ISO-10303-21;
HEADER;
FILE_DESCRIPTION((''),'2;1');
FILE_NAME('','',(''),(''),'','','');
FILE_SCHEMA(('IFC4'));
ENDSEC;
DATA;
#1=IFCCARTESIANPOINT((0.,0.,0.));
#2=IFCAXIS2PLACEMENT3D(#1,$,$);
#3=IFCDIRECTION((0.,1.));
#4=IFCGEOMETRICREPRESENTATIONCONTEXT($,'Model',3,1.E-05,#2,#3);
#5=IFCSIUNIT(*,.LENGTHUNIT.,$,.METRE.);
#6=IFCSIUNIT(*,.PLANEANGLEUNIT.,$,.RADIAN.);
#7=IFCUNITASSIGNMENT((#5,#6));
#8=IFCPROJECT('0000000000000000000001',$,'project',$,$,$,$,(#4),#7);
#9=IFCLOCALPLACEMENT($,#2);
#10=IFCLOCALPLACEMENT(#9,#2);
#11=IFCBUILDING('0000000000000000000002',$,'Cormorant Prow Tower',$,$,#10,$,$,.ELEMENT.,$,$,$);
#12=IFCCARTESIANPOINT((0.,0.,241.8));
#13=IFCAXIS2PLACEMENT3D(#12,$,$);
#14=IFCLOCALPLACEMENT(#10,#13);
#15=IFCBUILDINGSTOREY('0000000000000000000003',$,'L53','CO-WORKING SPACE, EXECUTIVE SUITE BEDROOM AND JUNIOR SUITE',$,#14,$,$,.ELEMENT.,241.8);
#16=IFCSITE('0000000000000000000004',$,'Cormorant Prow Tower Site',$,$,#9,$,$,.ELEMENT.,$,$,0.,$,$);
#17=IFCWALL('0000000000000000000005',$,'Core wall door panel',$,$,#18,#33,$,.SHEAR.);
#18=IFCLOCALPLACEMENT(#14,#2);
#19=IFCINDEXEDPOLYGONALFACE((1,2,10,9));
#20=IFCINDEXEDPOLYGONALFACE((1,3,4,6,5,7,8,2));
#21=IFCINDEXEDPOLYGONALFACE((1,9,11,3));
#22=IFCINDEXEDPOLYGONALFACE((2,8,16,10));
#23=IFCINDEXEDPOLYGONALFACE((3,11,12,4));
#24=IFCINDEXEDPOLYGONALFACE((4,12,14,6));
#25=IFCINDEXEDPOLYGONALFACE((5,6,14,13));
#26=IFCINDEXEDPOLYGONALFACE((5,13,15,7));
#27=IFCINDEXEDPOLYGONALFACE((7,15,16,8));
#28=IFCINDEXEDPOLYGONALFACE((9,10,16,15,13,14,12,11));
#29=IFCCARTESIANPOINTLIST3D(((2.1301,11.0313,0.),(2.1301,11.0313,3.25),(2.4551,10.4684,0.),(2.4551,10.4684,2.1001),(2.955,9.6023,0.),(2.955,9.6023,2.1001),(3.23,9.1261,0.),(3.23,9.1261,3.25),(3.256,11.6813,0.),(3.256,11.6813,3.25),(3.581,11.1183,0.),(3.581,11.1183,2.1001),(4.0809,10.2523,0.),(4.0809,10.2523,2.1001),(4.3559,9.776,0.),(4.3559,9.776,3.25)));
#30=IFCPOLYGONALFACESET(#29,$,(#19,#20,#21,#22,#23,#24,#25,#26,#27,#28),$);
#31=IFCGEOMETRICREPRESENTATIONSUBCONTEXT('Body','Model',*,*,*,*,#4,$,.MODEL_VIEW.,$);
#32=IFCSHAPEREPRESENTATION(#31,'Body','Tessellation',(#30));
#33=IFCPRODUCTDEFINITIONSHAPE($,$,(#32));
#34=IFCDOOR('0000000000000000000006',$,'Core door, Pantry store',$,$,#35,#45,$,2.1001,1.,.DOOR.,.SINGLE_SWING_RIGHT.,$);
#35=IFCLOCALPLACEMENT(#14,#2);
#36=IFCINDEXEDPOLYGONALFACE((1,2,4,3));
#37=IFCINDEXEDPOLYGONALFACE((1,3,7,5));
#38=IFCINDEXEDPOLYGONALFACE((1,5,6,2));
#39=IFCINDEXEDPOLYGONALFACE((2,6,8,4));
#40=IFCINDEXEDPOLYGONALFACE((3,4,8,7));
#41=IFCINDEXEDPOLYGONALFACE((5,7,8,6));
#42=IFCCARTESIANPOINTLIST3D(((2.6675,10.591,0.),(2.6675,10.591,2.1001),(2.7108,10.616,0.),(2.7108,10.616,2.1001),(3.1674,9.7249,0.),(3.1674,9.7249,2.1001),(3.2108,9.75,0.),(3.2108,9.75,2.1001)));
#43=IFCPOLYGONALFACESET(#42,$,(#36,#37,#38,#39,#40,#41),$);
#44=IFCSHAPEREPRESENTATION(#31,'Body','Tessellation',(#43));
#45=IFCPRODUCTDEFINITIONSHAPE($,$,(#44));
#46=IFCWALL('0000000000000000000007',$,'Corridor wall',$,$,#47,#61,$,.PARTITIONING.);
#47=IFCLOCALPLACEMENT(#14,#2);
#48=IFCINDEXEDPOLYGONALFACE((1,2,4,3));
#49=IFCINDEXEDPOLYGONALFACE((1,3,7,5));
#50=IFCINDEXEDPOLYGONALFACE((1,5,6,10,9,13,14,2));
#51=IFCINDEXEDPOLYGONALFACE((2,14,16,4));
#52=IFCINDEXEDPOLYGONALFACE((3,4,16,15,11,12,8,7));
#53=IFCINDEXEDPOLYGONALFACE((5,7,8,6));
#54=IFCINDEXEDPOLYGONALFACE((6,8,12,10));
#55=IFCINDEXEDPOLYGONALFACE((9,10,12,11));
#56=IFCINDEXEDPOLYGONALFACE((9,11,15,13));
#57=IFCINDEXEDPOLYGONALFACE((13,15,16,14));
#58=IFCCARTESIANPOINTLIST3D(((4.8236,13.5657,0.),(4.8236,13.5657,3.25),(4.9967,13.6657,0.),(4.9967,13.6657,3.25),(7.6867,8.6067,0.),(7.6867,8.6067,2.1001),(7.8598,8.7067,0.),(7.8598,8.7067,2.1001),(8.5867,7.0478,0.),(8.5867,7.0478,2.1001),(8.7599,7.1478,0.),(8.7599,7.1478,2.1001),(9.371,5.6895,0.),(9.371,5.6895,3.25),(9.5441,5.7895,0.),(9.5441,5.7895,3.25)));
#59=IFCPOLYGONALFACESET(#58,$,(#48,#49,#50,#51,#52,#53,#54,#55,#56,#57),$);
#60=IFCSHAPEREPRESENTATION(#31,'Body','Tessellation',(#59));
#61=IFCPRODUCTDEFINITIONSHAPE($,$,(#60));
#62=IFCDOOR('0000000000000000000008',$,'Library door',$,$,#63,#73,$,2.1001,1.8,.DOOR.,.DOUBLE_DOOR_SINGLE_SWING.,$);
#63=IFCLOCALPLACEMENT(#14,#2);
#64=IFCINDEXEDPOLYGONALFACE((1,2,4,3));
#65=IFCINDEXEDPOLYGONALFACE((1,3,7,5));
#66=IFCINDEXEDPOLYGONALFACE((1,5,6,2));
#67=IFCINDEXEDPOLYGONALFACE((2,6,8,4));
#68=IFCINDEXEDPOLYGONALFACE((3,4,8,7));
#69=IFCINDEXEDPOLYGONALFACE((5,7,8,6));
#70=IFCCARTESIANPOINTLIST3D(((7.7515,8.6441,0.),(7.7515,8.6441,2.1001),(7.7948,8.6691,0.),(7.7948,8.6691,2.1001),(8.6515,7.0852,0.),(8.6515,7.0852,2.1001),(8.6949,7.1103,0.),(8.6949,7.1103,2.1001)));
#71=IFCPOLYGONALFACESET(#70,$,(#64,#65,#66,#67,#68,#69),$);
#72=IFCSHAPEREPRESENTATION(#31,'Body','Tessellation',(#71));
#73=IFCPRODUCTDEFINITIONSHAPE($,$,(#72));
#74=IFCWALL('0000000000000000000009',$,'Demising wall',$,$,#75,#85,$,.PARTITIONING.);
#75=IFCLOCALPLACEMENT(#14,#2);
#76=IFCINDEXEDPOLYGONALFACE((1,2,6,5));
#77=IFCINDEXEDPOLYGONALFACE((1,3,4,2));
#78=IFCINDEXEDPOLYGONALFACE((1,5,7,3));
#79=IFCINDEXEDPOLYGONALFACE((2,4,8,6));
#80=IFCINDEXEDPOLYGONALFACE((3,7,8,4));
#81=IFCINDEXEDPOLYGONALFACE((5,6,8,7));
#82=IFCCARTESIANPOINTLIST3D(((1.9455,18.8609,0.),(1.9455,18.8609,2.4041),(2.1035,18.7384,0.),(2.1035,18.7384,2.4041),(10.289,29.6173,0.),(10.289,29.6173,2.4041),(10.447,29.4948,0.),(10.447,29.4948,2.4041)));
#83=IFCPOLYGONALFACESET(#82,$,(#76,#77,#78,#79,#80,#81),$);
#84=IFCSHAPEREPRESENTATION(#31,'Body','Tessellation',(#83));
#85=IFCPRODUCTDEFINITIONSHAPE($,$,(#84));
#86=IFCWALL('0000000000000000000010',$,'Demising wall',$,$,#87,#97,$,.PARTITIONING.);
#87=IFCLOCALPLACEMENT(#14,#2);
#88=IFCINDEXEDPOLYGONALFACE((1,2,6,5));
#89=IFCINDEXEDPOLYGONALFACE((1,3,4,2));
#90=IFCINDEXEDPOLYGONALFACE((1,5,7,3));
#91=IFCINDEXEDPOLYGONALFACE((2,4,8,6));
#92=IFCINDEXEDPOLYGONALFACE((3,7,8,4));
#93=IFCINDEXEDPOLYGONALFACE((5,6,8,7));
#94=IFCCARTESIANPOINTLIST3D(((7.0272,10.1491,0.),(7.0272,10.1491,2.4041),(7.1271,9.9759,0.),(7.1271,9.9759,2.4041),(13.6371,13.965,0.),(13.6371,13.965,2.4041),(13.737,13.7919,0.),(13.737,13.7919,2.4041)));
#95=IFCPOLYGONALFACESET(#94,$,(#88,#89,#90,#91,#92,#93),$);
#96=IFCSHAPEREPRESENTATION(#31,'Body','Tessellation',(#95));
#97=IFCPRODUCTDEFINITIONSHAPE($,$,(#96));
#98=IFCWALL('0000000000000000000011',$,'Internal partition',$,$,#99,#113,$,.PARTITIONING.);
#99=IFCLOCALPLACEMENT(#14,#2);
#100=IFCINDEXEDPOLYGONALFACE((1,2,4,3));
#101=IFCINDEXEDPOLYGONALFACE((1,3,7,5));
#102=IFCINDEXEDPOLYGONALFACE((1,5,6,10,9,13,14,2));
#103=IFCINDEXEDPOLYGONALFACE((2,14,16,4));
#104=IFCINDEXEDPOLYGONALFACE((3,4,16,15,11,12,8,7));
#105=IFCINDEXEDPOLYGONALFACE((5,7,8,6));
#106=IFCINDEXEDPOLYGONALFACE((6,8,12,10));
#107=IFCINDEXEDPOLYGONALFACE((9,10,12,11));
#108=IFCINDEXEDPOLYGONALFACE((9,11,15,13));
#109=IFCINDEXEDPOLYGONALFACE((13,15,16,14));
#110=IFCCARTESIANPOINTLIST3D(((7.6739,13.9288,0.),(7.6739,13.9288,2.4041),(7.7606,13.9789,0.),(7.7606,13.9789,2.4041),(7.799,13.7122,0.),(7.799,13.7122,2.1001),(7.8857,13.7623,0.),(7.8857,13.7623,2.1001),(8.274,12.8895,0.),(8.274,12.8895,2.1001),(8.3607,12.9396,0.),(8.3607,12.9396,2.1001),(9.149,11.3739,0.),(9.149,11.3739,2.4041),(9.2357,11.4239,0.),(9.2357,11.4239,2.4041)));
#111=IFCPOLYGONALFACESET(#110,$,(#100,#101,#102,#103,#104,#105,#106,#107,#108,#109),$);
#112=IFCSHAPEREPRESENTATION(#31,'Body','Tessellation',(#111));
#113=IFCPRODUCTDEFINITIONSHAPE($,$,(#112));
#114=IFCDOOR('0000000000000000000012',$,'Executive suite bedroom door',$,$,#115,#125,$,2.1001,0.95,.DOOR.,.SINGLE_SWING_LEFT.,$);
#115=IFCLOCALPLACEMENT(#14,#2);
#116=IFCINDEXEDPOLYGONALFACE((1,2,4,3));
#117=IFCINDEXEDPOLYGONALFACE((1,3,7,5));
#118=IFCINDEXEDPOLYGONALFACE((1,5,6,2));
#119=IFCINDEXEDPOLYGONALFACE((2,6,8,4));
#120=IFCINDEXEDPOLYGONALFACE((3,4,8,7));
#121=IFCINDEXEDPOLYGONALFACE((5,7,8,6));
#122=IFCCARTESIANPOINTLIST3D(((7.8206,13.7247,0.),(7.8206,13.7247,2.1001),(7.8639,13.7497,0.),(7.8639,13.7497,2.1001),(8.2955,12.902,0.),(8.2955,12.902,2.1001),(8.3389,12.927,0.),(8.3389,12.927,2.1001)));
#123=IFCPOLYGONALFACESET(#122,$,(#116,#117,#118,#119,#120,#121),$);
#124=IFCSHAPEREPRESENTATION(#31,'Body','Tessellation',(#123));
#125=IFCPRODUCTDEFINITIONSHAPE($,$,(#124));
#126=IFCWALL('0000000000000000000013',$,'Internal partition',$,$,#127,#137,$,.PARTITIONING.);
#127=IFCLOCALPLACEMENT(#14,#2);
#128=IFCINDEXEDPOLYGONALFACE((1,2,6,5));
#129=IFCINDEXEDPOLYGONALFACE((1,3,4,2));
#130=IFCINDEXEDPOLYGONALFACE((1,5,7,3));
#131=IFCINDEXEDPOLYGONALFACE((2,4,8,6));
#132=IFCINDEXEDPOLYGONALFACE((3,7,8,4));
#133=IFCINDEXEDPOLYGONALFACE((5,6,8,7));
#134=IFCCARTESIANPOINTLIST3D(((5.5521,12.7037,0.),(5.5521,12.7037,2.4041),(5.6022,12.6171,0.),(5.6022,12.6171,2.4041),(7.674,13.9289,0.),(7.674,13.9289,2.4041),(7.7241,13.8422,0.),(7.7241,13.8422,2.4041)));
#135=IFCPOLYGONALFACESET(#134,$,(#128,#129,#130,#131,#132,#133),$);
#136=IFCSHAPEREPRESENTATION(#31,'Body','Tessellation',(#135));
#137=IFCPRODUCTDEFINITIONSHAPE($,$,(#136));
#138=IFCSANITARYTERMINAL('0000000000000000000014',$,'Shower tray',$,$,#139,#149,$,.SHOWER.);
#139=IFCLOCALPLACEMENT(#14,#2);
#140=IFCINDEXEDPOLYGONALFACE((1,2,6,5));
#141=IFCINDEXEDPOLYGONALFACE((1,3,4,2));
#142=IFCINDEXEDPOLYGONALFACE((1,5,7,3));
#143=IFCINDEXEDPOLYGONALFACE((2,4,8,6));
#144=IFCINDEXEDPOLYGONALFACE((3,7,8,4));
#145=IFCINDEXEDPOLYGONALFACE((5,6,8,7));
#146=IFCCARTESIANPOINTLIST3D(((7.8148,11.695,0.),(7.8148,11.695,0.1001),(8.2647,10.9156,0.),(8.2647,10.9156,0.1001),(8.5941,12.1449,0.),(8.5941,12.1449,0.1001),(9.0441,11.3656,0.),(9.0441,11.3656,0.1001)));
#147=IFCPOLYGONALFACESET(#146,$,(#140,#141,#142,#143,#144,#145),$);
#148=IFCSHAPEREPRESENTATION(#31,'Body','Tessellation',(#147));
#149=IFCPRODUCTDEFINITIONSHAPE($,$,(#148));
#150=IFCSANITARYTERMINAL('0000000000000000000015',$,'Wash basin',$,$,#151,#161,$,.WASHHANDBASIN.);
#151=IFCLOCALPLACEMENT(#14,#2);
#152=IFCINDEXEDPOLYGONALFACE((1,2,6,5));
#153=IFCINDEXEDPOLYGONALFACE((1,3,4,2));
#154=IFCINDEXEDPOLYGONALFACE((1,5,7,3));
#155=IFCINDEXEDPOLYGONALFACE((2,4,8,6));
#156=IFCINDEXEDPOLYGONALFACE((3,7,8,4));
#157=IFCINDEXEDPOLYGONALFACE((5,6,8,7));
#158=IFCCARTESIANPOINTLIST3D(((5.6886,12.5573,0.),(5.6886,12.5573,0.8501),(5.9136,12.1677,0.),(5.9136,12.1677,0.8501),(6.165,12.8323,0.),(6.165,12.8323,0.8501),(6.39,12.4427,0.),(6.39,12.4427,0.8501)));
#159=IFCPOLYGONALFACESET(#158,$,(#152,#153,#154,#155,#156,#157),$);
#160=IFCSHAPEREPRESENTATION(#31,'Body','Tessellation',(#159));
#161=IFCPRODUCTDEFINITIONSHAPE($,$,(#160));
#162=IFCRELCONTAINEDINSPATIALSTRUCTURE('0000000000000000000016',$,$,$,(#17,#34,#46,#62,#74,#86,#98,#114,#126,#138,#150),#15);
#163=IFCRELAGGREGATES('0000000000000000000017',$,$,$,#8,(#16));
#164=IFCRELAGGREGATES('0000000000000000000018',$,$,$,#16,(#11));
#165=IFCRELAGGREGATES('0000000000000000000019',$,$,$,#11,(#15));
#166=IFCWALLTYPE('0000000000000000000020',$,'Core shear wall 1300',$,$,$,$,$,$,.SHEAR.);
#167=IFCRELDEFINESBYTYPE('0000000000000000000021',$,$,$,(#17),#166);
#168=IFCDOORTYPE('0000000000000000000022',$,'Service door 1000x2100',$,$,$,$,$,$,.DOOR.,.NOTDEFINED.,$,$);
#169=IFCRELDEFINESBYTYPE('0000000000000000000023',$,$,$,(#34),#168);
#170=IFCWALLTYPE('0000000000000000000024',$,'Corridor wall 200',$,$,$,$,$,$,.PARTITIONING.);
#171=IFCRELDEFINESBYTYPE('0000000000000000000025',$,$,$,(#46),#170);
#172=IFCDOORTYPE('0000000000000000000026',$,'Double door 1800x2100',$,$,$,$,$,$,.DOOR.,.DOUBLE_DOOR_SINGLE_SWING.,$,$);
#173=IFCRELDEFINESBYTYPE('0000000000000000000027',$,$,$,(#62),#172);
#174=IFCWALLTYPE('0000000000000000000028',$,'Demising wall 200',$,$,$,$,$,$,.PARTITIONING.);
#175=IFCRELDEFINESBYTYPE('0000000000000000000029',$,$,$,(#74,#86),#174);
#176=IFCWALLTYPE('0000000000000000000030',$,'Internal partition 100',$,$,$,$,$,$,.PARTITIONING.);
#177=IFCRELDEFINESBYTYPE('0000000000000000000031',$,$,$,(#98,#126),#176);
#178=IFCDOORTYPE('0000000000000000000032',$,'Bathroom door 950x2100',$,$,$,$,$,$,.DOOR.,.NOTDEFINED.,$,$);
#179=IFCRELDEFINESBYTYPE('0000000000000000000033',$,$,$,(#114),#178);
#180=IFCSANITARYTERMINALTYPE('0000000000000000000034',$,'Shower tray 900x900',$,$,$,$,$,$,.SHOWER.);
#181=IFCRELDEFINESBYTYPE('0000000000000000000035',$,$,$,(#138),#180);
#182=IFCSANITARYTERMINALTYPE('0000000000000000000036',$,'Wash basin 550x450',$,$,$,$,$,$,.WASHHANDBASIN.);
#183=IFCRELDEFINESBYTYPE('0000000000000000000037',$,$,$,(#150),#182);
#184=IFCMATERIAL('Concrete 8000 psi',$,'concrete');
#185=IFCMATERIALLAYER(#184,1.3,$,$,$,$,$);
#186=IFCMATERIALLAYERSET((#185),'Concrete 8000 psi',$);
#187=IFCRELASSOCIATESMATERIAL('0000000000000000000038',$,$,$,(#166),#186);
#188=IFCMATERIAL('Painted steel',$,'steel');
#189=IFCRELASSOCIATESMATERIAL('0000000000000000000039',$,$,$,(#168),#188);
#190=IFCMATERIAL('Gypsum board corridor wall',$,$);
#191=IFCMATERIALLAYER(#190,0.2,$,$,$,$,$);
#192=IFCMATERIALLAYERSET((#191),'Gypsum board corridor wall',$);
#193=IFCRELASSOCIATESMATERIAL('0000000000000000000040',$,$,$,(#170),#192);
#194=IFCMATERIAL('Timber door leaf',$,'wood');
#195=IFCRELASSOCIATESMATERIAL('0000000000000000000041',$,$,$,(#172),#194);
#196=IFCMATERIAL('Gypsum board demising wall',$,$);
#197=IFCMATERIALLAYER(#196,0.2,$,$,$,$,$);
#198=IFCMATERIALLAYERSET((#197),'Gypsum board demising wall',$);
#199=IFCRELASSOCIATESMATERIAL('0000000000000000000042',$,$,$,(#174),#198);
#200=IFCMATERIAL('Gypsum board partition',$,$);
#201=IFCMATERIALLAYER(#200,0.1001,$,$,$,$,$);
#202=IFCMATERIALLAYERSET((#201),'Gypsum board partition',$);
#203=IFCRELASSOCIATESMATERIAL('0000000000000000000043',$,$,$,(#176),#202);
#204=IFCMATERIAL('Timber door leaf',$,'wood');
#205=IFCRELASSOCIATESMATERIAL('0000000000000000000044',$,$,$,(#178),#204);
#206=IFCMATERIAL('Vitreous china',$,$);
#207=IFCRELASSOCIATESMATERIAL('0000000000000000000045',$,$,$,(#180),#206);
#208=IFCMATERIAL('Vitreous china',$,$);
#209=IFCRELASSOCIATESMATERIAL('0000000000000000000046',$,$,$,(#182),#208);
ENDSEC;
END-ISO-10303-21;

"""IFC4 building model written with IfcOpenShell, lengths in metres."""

from ifc_helpers import new_model, si_unit, direction, frame, frame_2d, origin, origin_2d, place, context, subcontext, project, spatial, rectangle, extrude, material, layer, layer_set, type_object, element, fill, save


model = new_model("IFC4")

# Units and contexts
model_context = context("Model", 3, precision=1e-05, world=origin(), true_north=direction((0.0, 1.0)))
body_context = subcontext(model_context, "Body", "Model", "MODEL_VIEW")
ifc_project = project(units=[si_unit("LENGTHUNIT", "METRE"), si_unit("PLANEANGLEUNIT", "RADIAN")], contexts=[model_context])

# Site, building, storey
site_placement = place(None, origin())
site = spatial("IfcSite", under=ifc_project, at=site_placement, Name="Cormorant Prow Tower Site", CompositionType="ELEMENT", RefElevation=0.0)
building_placement = place(site_placement, origin())
building = spatial("IfcBuilding", under=site, at=building_placement, Name="Cormorant Prow Tower", CompositionType="ELEMENT")
storey_placement = place(building_placement, frame((0.0, 0.0, 241.8)))
storey = spatial("IfcBuildingStorey", under=building, at=storey_placement, Name="L53", Description="CO-WORKING SPACE, EXECUTIVE SUITE BEDROOM AND JUNIOR SUITE", CompositionType="ELEMENT", Elevation=241.8)

# Shared definitions
ifc_material_1 = material(Name="Concrete 8000 psi", Category="concrete")
ifc_layer_1 = layer(ifc_material_1, 1.3)
ifc_layer_set_1 = layer_set([ifc_layer_1], Name="Concrete 8000 psi")
wall_type_1 = type_object("IfcWallType", Name="Core shear wall 1300", PredefinedType="SHEAR", material=ifc_layer_set_1)

# Walls, openings, doors
wall_1_placement = place(storey_placement, frame((3.793, 9.4509, 0.0), z_axis=(0.0, 0.0, 1.0), x_axis=(-0.499947, 0.866056, 0.0)))
wall_1 = element("IfcWall", 1, at=wall_1_placement, inside=storey, type_object=wall_type_1, Name="Core wall door panel", PredefinedType="SHEAR", context=body_context, shape_type="SweptSolid", body=[
    extrude(rectangle(XDim=2.2, YDim=1.3, at=frame_2d((1.1001, 0.0))), origin(), (0.0, 0.0, 1.0), 3.25),
])
opening_1_placement = place(wall_1_placement, frame((0.55, 0.0, 0.0)))
opening_1 = element("IfcOpeningElement", 2, at=opening_1_placement, cuts=wall_1, PredefinedType="OPENING", context=body_context, shape_type="SweptSolid", body=[
    extrude(rectangle(XDim=1.0, YDim=2.1001, at=frame_2d((0.5, 1.05))), frame((0.0, 0.6599, 0.0), z_axis=(0.0, -1.0, 0.0), x_axis=(1.0, 0.0, 0.0)), (0.0, 0.0, 1.0), 1.3201),
])
ifc_material_2 = material(Name="Painted steel", Category="steel")
door_type_1 = type_object("IfcDoorType", Name="Service door 1000x2100", OperationType="NOTDEFINED", PredefinedType="DOOR", material=ifc_material_2)
door_1_placement = place(opening_1_placement, origin())
door_1 = element("IfcDoor", 3, at=door_1_placement, inside=storey, type_object=door_type_1, Name="Core door, Pantry store", OperationType="SINGLE_SWING_RIGHT", OverallHeight=2.1001, OverallWidth=1.0, PredefinedType="DOOR", context=body_context, shape_type="SweptSolid", body=[
    extrude(rectangle(XDim=1.0, YDim=2.1001, at=frame_2d((0.5, 1.05))), frame((0.0, 0.4048, 0.0), z_axis=(0.0, -1.0, 0.0), x_axis=(1.0, 0.0, 0.0)), (0.0, 0.0, 1.0), 0.05),
])
fill(opening_1, door_1)
ifc_material_3 = material(Name="Gypsum board corridor wall")
ifc_layer_2 = layer(ifc_material_3, 0.2)
ifc_layer_set_2 = layer_set([ifc_layer_2], Name="Gypsum board corridor wall")
wall_type_2 = type_object("IfcWallType", Name="Corridor wall 200", PredefinedType="PARTITIONING", material=ifc_layer_set_2)
wall_2_placement = place(storey_placement, frame((4.9102, 13.6157, 0.0), z_axis=(0.0, 0.0, 1.0), x_axis=(0.500002, -0.866024, 0.0)))
wall_2 = element("IfcWall", 4, at=wall_2_placement, inside=storey, type_object=wall_type_2, Name="Corridor wall", PredefinedType="PARTITIONING", context=body_context, shape_type="SweptSolid", body=[
    extrude(rectangle(XDim=9.0947, YDim=0.2, at=frame_2d((4.5474, 0.0))), origin(), (0.0, 0.0, 1.0), 3.25),
])
opening_2_placement = place(wall_2_placement, frame((5.7263, 0.0, 0.0)))
opening_2 = element("IfcOpeningElement", 5, at=opening_2_placement, cuts=wall_2, PredefinedType="OPENING", context=body_context, shape_type="SweptSolid", body=[
    extrude(rectangle(XDim=1.8, YDim=2.1001, at=frame_2d((0.8999, 1.05))), frame((0.0, 0.1099, 0.0), z_axis=(0.0, -1.0, 0.0), x_axis=(1.0, 0.0, 0.0)), (0.0, 0.0, 1.0), 0.22),
])
ifc_material_4 = material(Name="Timber door leaf", Category="wood")
door_type_2 = type_object("IfcDoorType", Name="Double door 1800x2100", OperationType="DOUBLE_DOOR_SINGLE_SWING", PredefinedType="DOOR", material=ifc_material_4)
door_2_placement = place(opening_2_placement, origin())
door_2 = element("IfcDoor", 6, at=door_2_placement, inside=storey, type_object=door_type_2, Name="Library door", OperationType="DOUBLE_DOOR_SINGLE_SWING", OverallHeight=2.1001, OverallWidth=1.8, PredefinedType="DOOR", context=body_context, shape_type="SweptSolid", body=[
    extrude(rectangle(XDim=1.8, YDim=2.1001, at=frame_2d((0.8999, 1.05))), frame((0.0, 0.0249, 0.0), z_axis=(0.0, -1.0, 0.0), x_axis=(1.0, 0.0, 0.0)), (0.0, 0.0, 1.0), 0.05),
])
fill(opening_2, door_2)

# Walls
ifc_material_5 = material(Name="Gypsum board demising wall")
ifc_layer_3 = layer(ifc_material_5, 0.2)
ifc_layer_set_3 = layer_set([ifc_layer_3], Name="Gypsum board demising wall")
wall_type_3 = type_object("IfcWallType", Name="Demising wall 200", PredefinedType="PARTITIONING", material=ifc_layer_set_3)
wall_3_placement = place(storey_placement, frame((2.0244, 18.7996, 0.0), z_axis=(0.0, 0.0, 1.0), x_axis=(0.612908, 0.790154, 0.0)))
element("IfcWall", 7, at=wall_3_placement, inside=storey, type_object=wall_type_3, Name="Demising wall", PredefinedType="PARTITIONING", context=body_context, shape_type="SweptSolid", body=[
    extrude(rectangle(XDim=13.613, YDim=0.2, at=frame_2d((6.8066, 0.0))), origin(), (0.0, 0.0, 1.0), 2.4041),
])
wall_4_placement = place(storey_placement, frame((7.0771, 10.0625, 0.0), z_axis=(0.0, 0.0, 1.0), x_axis=(0.866042, 0.499972, 0.0)))
element("IfcWall", 8, at=wall_4_placement, inside=storey, type_object=wall_type_3, Name="Demising wall", PredefinedType="PARTITIONING", context=body_context, shape_type="SweptSolid", body=[
    extrude(rectangle(XDim=7.6323, YDim=0.2, at=frame_2d((3.8162, 0.0))), origin(), (0.0, 0.0, 1.0), 2.4041),
])

# Wall, opening, door
ifc_material_6 = material(Name="Gypsum board partition")
ifc_layer_4 = layer(ifc_material_6, 0.1001)
ifc_layer_set_4 = layer_set([ifc_layer_4], Name="Gypsum board partition")
wall_type_4 = type_object("IfcWallType", Name="Internal partition 100", PredefinedType="PARTITIONING", material=ifc_layer_set_4)
wall_5_placement = place(storey_placement, frame((7.7173, 13.9539, 0.0), z_axis=(0.0, 0.0, 1.0), x_axis=(0.500002, -0.866024, 0.0)))
wall_5 = element("IfcWall", 9, at=wall_5_placement, inside=storey, type_object=wall_type_4, Name="Internal partition", PredefinedType="PARTITIONING", context=body_context, shape_type="SweptSolid", body=[
    extrude(rectangle(XDim=2.9502, YDim=0.1001, at=frame_2d((1.4751, 0.0))), origin(), (0.0, 0.0, 1.0), 2.4041),
])
opening_3_placement = place(wall_5_placement, frame((0.25, 0.0, 0.0)))
opening_3 = element("IfcOpeningElement", 10, at=opening_3_placement, cuts=wall_5, PredefinedType="OPENING", context=body_context, shape_type="SweptSolid", body=[
    extrude(rectangle(XDim=0.95, YDim=2.1001, at=frame_2d((0.4751, 1.05))), frame((0.0, 0.0601, 0.0), z_axis=(0.0, -1.0, 0.0), x_axis=(1.0, 0.0, 0.0)), (0.0, 0.0, 1.0), 0.1201),
])
ifc_material_7 = material(Name="Timber door leaf", Category="wood")
door_type_3 = type_object("IfcDoorType", Name="Bathroom door 950x2100", OperationType="NOTDEFINED", PredefinedType="DOOR", material=ifc_material_7)
door_3_placement = place(opening_3_placement, origin())
door_3 = element("IfcDoor", 11, at=door_3_placement, inside=storey, type_object=door_type_3, Name="Executive suite bedroom door", OperationType="SINGLE_SWING_LEFT", OverallHeight=2.1001, OverallWidth=0.95, PredefinedType="DOOR", context=body_context, shape_type="SweptSolid", body=[
    extrude(rectangle(XDim=0.95, YDim=2.1001, at=frame_2d((0.4751, 1.05))), frame((0.0, 0.0249, 0.0), z_axis=(0.0, -1.0, 0.0), x_axis=(1.0, 0.0, 0.0)), (0.0, 0.0, 1.0), 0.05),
])
fill(opening_3, door_3)

# Wall
wall_6_placement = place(storey_placement, frame((5.5771, 12.6604, 0.0), z_axis=(0.0, 0.0, 1.0), x_axis=(0.866015, 0.500019, 0.0)))
element("IfcWall", 12, at=wall_6_placement, inside=storey, type_object=wall_type_4, Name="Internal partition", PredefinedType="PARTITIONING", context=body_context, shape_type="SweptSolid", body=[
    extrude(rectangle(XDim=2.4502, YDim=0.1001, at=frame_2d((1.2251, 0.0))), origin(), (0.0, 0.0, 1.0), 2.4041),
])

# Sanitary terminals
ifc_material_8 = material(Name="Vitreous china")
sanitary_terminal_type_1 = type_object("IfcSanitaryTerminalType", Name="Shower tray 900x900", PredefinedType="SHOWER", material=ifc_material_8)
sanitary_terminal_1_placement = place(storey_placement, frame((8.4294, 11.5303, 0.0), z_axis=(0.0, 0.0, 1.0), x_axis=(-0.866025, -0.5, 0.0)))
element("IfcSanitaryTerminal", 13, at=sanitary_terminal_1_placement, inside=storey, type_object=sanitary_terminal_type_1, Name="Shower tray", PredefinedType="SHOWER", context=body_context, shape_type="SweptSolid", body=[
    extrude(rectangle(XDim=0.8999, YDim=0.8999, at=origin_2d()), origin(), (0.0, 0.0, 1.0), 0.1001),
])
ifc_material_9 = material(Name="Vitreous china")
sanitary_terminal_type_2 = type_object("IfcSanitaryTerminalType", Name="Wash basin 550x450", PredefinedType="WASHHANDBASIN", material=ifc_material_9)
sanitary_terminal_2_placement = place(storey_placement, frame((6.0393, 12.5, 0.0), z_axis=(0.0, 0.0, 1.0), x_axis=(0.866025, 0.5, 0.0)))
element("IfcSanitaryTerminal", 14, at=sanitary_terminal_2_placement, inside=storey, type_object=sanitary_terminal_type_2, Name="Wash basin", PredefinedType="WASHHANDBASIN", context=body_context, shape_type="SweptSolid", body=[
    extrude(rectangle(XDim=0.55, YDim=0.45, at=origin_2d()), origin(), (0.0, 0.0, 1.0), 0.8501),
])

save(model, "model.ifc")
